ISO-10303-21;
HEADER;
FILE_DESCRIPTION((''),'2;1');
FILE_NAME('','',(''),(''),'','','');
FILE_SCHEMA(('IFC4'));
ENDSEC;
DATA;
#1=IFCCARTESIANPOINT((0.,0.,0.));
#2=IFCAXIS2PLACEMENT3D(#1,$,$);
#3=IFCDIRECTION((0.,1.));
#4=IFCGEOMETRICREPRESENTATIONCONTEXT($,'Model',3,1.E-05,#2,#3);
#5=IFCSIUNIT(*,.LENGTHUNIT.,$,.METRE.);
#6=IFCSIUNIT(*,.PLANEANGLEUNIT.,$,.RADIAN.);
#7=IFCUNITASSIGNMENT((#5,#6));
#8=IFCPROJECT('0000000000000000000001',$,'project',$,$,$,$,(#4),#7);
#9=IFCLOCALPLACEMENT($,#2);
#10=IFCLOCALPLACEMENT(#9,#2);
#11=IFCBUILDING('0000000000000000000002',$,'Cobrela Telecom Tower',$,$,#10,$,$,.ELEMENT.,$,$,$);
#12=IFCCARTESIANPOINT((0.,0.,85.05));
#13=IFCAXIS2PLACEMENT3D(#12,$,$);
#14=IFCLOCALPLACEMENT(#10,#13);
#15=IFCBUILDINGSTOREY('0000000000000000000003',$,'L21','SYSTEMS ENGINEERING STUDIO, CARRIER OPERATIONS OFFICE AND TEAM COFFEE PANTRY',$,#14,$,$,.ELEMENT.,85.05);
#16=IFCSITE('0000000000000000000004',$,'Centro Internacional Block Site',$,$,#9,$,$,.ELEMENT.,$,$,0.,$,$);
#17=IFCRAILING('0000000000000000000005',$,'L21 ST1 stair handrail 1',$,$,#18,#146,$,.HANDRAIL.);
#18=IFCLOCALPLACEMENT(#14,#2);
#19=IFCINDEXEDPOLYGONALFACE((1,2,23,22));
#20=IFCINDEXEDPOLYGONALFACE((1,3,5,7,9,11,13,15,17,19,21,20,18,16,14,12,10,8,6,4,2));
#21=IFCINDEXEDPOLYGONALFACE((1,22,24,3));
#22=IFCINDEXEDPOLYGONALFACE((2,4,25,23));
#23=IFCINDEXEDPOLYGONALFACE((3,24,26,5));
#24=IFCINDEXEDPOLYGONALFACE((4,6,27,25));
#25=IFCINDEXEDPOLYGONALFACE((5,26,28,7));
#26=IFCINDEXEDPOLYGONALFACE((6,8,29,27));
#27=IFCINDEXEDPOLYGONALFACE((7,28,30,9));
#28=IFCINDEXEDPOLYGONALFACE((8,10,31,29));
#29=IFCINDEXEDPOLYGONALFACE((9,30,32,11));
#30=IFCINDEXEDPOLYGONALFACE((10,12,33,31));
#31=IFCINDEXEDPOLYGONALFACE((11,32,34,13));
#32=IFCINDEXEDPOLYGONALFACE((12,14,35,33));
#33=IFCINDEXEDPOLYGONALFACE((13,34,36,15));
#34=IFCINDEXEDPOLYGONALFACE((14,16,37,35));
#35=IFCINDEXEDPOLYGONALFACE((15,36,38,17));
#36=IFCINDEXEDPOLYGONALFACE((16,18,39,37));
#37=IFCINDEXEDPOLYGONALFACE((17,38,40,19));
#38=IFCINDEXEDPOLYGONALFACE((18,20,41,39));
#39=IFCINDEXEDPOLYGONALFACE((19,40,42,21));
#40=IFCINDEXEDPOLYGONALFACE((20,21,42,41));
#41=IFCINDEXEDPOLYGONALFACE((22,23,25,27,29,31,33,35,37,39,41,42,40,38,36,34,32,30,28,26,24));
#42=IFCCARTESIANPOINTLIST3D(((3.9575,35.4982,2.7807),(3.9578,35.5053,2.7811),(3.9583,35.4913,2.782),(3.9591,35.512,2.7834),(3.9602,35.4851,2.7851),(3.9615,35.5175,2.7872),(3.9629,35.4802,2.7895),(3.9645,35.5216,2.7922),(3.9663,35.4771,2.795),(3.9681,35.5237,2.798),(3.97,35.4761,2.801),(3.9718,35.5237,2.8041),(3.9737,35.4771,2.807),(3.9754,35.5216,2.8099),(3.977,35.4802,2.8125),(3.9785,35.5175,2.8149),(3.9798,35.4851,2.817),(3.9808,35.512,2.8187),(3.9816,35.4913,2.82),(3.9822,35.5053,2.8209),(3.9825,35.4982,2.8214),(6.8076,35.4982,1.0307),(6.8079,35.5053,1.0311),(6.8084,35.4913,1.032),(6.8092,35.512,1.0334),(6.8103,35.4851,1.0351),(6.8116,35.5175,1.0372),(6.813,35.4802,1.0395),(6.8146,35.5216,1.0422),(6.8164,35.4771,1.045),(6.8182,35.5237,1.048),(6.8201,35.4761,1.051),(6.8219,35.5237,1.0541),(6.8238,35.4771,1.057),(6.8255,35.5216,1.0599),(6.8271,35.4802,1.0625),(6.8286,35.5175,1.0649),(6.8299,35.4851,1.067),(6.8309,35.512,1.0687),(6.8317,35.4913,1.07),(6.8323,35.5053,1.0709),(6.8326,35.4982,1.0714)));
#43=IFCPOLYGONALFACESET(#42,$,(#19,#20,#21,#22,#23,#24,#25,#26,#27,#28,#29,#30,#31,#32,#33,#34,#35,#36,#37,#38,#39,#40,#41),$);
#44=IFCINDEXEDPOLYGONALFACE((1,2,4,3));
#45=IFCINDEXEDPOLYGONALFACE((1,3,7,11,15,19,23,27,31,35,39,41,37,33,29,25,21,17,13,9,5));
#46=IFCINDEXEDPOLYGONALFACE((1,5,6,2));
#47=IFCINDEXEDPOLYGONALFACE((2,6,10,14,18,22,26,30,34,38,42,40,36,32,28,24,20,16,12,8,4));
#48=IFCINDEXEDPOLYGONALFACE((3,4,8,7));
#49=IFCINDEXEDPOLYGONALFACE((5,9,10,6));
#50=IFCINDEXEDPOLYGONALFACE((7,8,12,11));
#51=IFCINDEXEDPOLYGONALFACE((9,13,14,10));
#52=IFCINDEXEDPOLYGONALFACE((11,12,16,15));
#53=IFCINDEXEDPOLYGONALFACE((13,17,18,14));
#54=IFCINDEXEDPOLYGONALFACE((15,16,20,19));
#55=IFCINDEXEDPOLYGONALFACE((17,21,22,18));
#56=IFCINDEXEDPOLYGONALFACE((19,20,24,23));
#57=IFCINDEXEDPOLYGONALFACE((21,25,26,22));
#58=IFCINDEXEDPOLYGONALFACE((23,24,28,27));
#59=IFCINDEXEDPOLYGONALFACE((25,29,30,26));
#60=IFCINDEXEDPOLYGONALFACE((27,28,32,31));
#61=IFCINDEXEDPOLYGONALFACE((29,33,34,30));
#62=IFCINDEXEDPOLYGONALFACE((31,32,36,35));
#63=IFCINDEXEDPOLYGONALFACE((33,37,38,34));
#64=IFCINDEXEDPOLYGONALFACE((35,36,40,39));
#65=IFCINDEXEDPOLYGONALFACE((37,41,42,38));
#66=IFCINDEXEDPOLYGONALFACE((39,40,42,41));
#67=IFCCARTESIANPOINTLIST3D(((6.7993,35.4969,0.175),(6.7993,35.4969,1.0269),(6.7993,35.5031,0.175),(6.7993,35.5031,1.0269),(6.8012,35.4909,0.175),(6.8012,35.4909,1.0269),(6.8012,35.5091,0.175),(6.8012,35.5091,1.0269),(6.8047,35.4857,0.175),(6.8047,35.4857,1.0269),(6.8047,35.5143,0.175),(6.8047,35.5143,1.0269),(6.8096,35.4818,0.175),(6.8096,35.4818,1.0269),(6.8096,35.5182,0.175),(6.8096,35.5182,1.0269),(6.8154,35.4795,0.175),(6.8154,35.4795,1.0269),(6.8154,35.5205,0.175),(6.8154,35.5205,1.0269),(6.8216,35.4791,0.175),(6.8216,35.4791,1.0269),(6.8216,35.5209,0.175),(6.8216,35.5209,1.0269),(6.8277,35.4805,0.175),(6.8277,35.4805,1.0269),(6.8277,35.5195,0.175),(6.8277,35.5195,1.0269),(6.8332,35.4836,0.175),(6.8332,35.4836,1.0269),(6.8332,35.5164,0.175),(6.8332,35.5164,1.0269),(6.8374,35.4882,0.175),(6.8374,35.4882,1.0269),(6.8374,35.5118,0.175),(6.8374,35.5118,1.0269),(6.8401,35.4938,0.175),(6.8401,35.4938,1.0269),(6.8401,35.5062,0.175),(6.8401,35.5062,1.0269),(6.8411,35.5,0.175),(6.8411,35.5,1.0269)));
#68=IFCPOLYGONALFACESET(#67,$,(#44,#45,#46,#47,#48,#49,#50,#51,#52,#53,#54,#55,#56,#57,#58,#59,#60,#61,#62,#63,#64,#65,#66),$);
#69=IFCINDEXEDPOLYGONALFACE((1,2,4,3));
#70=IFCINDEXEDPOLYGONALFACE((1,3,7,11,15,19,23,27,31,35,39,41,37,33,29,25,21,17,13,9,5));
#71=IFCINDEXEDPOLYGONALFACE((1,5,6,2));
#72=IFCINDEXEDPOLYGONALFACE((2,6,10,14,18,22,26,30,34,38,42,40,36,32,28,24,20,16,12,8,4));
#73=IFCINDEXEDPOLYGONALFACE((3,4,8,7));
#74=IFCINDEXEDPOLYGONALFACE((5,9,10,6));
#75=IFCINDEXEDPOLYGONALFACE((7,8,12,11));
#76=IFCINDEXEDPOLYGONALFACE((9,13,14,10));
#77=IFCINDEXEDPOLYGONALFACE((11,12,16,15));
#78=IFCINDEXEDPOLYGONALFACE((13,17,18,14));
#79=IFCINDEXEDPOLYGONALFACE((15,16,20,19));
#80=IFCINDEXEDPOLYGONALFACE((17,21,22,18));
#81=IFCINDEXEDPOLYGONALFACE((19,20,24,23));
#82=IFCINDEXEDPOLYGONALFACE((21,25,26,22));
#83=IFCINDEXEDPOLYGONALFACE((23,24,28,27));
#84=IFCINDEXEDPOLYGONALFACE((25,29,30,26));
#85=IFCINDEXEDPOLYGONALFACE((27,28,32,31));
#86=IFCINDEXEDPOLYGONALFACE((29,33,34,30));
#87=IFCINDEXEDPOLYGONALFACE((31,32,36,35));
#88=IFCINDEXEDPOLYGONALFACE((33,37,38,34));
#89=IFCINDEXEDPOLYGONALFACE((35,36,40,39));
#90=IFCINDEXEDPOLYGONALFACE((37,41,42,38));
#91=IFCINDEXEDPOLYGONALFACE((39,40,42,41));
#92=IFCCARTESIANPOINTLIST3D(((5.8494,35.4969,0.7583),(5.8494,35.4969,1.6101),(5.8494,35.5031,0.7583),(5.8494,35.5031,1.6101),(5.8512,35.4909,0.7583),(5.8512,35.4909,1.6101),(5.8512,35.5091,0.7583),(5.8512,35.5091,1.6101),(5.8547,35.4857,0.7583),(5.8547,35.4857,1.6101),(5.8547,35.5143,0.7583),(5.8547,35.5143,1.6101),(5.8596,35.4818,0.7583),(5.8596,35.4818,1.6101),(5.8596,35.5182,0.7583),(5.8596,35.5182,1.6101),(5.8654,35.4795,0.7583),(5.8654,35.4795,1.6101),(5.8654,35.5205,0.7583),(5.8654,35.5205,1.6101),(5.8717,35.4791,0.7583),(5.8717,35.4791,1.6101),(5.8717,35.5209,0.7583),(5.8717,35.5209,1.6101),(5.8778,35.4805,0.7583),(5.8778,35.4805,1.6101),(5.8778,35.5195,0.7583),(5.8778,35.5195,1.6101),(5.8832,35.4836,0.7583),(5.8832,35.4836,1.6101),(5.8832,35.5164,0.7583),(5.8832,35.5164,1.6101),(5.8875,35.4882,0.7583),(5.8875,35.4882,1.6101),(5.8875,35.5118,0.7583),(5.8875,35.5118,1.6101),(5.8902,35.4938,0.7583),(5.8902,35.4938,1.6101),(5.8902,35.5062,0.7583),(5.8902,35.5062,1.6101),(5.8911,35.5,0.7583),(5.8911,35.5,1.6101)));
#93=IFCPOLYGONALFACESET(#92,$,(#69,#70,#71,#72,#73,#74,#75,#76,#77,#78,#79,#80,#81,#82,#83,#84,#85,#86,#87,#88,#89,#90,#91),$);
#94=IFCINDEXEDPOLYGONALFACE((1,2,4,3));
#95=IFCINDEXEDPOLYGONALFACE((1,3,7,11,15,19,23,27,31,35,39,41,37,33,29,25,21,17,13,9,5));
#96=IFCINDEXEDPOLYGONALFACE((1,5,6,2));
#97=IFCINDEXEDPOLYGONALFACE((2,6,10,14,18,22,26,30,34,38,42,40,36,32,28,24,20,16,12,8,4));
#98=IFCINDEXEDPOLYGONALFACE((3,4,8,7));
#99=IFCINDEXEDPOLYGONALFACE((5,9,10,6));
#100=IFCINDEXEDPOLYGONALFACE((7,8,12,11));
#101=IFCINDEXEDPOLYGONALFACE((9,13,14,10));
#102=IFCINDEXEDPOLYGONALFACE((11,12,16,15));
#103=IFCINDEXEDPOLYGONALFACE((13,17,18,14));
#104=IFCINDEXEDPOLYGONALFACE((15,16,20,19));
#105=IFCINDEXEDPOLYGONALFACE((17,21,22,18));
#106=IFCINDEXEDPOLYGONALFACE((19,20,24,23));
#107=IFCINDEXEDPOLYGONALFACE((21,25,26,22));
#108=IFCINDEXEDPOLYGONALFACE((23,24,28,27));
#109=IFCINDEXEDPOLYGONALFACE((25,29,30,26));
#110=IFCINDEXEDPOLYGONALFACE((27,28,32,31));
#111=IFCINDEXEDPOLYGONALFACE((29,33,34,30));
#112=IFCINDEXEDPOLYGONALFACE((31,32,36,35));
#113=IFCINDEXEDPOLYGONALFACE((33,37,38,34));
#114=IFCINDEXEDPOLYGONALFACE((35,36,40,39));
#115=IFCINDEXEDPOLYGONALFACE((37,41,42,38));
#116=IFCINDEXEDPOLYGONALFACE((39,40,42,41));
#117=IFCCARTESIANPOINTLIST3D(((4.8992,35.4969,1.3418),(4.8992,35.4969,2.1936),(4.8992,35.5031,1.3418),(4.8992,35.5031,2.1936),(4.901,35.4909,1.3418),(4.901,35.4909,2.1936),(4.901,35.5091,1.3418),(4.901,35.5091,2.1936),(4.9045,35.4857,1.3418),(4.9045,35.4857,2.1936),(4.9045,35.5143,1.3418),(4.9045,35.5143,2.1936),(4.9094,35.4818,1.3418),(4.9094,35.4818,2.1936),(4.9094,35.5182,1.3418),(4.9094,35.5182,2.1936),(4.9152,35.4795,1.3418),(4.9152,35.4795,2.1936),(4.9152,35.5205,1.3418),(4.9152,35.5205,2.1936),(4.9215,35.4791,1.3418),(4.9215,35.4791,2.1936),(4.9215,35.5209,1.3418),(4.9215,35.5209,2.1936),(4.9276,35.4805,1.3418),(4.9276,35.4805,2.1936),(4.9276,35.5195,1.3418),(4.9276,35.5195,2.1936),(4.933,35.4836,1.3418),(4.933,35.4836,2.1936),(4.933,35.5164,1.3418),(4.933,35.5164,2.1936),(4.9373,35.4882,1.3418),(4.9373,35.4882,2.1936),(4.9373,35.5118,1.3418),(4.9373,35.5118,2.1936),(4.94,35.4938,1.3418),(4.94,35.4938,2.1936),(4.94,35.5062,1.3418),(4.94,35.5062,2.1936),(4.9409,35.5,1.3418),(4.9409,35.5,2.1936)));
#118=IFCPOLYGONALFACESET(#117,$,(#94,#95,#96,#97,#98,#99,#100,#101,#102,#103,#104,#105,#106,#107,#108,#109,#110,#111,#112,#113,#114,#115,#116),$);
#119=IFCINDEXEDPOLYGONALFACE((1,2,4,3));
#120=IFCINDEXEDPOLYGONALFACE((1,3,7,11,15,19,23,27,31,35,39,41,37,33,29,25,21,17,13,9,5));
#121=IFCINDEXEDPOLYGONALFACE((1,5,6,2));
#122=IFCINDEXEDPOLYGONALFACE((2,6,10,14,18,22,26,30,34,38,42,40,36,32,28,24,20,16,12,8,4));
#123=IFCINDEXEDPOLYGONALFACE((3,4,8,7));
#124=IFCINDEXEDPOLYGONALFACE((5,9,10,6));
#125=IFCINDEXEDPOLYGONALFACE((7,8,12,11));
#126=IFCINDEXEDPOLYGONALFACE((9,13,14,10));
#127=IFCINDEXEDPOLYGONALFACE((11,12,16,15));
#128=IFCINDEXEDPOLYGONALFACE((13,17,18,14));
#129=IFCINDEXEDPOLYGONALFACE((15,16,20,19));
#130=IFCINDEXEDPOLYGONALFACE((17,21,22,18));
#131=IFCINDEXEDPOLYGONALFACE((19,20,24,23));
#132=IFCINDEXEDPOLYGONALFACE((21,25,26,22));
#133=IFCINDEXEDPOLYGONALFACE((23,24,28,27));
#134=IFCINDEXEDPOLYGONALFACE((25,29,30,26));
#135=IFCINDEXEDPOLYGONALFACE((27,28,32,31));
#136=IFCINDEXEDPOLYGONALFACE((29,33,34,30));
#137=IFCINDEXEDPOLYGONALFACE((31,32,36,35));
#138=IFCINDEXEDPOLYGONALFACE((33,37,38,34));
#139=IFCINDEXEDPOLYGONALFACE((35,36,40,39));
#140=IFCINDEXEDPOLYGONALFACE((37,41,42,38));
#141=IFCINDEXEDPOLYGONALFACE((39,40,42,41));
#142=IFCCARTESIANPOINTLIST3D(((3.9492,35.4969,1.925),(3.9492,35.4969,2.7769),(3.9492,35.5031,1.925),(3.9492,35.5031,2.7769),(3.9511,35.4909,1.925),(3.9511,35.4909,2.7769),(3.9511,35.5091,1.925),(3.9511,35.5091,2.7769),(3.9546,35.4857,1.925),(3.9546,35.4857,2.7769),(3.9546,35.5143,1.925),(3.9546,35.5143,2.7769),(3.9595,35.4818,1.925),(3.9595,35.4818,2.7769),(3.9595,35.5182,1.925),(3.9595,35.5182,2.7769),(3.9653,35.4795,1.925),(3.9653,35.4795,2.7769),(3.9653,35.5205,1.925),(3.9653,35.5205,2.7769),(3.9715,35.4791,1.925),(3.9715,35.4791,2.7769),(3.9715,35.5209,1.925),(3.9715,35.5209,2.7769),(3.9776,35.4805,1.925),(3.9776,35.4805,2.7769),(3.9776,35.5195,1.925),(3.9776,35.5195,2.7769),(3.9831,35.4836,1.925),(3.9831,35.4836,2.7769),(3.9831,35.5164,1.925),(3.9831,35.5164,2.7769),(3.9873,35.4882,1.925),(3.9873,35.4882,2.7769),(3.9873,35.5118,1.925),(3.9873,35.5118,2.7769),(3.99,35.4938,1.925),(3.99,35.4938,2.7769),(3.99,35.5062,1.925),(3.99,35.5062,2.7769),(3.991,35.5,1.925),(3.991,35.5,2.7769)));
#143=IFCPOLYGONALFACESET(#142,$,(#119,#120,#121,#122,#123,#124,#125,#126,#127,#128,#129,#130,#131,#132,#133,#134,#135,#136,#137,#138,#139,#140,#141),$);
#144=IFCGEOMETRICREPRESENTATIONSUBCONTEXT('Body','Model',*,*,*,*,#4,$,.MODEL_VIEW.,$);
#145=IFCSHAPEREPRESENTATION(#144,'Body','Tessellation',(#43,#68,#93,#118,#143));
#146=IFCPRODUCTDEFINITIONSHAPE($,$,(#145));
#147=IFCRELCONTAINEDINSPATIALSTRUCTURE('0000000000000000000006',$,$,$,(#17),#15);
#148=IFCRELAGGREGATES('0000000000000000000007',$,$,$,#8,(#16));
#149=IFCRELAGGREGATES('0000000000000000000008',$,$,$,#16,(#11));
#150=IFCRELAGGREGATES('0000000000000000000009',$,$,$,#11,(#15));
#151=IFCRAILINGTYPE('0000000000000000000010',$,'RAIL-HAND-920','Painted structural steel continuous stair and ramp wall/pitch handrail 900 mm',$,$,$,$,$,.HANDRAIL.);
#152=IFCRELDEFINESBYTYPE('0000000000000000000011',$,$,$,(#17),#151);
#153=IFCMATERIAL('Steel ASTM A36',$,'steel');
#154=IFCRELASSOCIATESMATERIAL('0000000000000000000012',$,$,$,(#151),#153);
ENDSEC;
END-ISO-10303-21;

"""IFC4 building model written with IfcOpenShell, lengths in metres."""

from ifc_helpers import new_model, si_unit, direction, frame, origin, origin_2d, place, context, subcontext, project, spatial, circle, extrude, material, type_object, element, save


model = new_model("IFC4")

# Units and contexts
model_context = context("Model", 3, precision=1e-05, world=origin(), true_north=direction((0.0, 1.0)))
body_context = subcontext(model_context, "Body", "Model", "MODEL_VIEW")
ifc_project = project(units=[si_unit("LENGTHUNIT", "METRE"), si_unit("PLANEANGLEUNIT", "RADIAN")], contexts=[model_context])

# Site, building, storey
site_placement = place(None, origin())
site = spatial("IfcSite", under=ifc_project, at=site_placement, Name="Centro Internacional Block Site", CompositionType="ELEMENT", RefElevation=0.0)
building_placement = place(site_placement, origin())
building = spatial("IfcBuilding", under=site, at=building_placement, Name="Cobrela Telecom Tower", CompositionType="ELEMENT")
storey_placement = place(building_placement, frame((0.0, 0.0, 85.05)))
storey = spatial("IfcBuildingStorey", under=building, at=storey_placement, Name="L21", Description="SYSTEMS ENGINEERING STUDIO, CARRIER OPERATIONS OFFICE AND TEAM COFFEE PANTRY", CompositionType="ELEMENT", Elevation=85.05)

# Shared definitions
ifc_material_1 = material(Name="Steel ASTM A36", Category="steel")

# Railing
railing_type_1 = type_object("IfcRailingType", Name="RAIL-HAND-920", Description="Painted structural steel continuous stair and ramp wall/pitch handrail 900 mm", PredefinedType="HANDRAIL", material=ifc_material_1)
railing_1_placement = place(storey_placement, frame((6.8201, 35.5, 0.175)))
element("IfcRailing", 1, at=railing_1_placement, inside=storey, type_object=railing_type_1, Name="L21 ST1 stair handrail 1", PredefinedType="HANDRAIL", context=body_context, shape_type="SweptSolid", body=[
    extrude(circle(Radius=0.0239, at=origin_2d()), frame((0.0, 0.0, 0.876), z_axis=(-0.852179, 0.0, 0.52325), x_axis=(0.0, -1.0, 0.0)), (0.0, 0.0, 1.0), 3.3445),
    extrude(circle(Radius=0.021, at=origin_2d()), origin(), (0.0, 0.0, 1.0), 0.8518),
    extrude(circle(Radius=0.021, at=origin_2d()), frame((-0.95, 0.0, 0.5833)), (0.0, 0.0, 1.0), 0.8518),
    extrude(circle(Radius=0.021, at=origin_2d()), frame((-1.9001, 0.0, 1.1667)), (0.0, 0.0, 1.0), 0.8518),
    extrude(circle(Radius=0.021, at=origin_2d()), frame((-2.8501, 0.0, 1.75)), (0.0, 0.0, 1.0), 0.8518),
])

save(model, "model.ifc")
